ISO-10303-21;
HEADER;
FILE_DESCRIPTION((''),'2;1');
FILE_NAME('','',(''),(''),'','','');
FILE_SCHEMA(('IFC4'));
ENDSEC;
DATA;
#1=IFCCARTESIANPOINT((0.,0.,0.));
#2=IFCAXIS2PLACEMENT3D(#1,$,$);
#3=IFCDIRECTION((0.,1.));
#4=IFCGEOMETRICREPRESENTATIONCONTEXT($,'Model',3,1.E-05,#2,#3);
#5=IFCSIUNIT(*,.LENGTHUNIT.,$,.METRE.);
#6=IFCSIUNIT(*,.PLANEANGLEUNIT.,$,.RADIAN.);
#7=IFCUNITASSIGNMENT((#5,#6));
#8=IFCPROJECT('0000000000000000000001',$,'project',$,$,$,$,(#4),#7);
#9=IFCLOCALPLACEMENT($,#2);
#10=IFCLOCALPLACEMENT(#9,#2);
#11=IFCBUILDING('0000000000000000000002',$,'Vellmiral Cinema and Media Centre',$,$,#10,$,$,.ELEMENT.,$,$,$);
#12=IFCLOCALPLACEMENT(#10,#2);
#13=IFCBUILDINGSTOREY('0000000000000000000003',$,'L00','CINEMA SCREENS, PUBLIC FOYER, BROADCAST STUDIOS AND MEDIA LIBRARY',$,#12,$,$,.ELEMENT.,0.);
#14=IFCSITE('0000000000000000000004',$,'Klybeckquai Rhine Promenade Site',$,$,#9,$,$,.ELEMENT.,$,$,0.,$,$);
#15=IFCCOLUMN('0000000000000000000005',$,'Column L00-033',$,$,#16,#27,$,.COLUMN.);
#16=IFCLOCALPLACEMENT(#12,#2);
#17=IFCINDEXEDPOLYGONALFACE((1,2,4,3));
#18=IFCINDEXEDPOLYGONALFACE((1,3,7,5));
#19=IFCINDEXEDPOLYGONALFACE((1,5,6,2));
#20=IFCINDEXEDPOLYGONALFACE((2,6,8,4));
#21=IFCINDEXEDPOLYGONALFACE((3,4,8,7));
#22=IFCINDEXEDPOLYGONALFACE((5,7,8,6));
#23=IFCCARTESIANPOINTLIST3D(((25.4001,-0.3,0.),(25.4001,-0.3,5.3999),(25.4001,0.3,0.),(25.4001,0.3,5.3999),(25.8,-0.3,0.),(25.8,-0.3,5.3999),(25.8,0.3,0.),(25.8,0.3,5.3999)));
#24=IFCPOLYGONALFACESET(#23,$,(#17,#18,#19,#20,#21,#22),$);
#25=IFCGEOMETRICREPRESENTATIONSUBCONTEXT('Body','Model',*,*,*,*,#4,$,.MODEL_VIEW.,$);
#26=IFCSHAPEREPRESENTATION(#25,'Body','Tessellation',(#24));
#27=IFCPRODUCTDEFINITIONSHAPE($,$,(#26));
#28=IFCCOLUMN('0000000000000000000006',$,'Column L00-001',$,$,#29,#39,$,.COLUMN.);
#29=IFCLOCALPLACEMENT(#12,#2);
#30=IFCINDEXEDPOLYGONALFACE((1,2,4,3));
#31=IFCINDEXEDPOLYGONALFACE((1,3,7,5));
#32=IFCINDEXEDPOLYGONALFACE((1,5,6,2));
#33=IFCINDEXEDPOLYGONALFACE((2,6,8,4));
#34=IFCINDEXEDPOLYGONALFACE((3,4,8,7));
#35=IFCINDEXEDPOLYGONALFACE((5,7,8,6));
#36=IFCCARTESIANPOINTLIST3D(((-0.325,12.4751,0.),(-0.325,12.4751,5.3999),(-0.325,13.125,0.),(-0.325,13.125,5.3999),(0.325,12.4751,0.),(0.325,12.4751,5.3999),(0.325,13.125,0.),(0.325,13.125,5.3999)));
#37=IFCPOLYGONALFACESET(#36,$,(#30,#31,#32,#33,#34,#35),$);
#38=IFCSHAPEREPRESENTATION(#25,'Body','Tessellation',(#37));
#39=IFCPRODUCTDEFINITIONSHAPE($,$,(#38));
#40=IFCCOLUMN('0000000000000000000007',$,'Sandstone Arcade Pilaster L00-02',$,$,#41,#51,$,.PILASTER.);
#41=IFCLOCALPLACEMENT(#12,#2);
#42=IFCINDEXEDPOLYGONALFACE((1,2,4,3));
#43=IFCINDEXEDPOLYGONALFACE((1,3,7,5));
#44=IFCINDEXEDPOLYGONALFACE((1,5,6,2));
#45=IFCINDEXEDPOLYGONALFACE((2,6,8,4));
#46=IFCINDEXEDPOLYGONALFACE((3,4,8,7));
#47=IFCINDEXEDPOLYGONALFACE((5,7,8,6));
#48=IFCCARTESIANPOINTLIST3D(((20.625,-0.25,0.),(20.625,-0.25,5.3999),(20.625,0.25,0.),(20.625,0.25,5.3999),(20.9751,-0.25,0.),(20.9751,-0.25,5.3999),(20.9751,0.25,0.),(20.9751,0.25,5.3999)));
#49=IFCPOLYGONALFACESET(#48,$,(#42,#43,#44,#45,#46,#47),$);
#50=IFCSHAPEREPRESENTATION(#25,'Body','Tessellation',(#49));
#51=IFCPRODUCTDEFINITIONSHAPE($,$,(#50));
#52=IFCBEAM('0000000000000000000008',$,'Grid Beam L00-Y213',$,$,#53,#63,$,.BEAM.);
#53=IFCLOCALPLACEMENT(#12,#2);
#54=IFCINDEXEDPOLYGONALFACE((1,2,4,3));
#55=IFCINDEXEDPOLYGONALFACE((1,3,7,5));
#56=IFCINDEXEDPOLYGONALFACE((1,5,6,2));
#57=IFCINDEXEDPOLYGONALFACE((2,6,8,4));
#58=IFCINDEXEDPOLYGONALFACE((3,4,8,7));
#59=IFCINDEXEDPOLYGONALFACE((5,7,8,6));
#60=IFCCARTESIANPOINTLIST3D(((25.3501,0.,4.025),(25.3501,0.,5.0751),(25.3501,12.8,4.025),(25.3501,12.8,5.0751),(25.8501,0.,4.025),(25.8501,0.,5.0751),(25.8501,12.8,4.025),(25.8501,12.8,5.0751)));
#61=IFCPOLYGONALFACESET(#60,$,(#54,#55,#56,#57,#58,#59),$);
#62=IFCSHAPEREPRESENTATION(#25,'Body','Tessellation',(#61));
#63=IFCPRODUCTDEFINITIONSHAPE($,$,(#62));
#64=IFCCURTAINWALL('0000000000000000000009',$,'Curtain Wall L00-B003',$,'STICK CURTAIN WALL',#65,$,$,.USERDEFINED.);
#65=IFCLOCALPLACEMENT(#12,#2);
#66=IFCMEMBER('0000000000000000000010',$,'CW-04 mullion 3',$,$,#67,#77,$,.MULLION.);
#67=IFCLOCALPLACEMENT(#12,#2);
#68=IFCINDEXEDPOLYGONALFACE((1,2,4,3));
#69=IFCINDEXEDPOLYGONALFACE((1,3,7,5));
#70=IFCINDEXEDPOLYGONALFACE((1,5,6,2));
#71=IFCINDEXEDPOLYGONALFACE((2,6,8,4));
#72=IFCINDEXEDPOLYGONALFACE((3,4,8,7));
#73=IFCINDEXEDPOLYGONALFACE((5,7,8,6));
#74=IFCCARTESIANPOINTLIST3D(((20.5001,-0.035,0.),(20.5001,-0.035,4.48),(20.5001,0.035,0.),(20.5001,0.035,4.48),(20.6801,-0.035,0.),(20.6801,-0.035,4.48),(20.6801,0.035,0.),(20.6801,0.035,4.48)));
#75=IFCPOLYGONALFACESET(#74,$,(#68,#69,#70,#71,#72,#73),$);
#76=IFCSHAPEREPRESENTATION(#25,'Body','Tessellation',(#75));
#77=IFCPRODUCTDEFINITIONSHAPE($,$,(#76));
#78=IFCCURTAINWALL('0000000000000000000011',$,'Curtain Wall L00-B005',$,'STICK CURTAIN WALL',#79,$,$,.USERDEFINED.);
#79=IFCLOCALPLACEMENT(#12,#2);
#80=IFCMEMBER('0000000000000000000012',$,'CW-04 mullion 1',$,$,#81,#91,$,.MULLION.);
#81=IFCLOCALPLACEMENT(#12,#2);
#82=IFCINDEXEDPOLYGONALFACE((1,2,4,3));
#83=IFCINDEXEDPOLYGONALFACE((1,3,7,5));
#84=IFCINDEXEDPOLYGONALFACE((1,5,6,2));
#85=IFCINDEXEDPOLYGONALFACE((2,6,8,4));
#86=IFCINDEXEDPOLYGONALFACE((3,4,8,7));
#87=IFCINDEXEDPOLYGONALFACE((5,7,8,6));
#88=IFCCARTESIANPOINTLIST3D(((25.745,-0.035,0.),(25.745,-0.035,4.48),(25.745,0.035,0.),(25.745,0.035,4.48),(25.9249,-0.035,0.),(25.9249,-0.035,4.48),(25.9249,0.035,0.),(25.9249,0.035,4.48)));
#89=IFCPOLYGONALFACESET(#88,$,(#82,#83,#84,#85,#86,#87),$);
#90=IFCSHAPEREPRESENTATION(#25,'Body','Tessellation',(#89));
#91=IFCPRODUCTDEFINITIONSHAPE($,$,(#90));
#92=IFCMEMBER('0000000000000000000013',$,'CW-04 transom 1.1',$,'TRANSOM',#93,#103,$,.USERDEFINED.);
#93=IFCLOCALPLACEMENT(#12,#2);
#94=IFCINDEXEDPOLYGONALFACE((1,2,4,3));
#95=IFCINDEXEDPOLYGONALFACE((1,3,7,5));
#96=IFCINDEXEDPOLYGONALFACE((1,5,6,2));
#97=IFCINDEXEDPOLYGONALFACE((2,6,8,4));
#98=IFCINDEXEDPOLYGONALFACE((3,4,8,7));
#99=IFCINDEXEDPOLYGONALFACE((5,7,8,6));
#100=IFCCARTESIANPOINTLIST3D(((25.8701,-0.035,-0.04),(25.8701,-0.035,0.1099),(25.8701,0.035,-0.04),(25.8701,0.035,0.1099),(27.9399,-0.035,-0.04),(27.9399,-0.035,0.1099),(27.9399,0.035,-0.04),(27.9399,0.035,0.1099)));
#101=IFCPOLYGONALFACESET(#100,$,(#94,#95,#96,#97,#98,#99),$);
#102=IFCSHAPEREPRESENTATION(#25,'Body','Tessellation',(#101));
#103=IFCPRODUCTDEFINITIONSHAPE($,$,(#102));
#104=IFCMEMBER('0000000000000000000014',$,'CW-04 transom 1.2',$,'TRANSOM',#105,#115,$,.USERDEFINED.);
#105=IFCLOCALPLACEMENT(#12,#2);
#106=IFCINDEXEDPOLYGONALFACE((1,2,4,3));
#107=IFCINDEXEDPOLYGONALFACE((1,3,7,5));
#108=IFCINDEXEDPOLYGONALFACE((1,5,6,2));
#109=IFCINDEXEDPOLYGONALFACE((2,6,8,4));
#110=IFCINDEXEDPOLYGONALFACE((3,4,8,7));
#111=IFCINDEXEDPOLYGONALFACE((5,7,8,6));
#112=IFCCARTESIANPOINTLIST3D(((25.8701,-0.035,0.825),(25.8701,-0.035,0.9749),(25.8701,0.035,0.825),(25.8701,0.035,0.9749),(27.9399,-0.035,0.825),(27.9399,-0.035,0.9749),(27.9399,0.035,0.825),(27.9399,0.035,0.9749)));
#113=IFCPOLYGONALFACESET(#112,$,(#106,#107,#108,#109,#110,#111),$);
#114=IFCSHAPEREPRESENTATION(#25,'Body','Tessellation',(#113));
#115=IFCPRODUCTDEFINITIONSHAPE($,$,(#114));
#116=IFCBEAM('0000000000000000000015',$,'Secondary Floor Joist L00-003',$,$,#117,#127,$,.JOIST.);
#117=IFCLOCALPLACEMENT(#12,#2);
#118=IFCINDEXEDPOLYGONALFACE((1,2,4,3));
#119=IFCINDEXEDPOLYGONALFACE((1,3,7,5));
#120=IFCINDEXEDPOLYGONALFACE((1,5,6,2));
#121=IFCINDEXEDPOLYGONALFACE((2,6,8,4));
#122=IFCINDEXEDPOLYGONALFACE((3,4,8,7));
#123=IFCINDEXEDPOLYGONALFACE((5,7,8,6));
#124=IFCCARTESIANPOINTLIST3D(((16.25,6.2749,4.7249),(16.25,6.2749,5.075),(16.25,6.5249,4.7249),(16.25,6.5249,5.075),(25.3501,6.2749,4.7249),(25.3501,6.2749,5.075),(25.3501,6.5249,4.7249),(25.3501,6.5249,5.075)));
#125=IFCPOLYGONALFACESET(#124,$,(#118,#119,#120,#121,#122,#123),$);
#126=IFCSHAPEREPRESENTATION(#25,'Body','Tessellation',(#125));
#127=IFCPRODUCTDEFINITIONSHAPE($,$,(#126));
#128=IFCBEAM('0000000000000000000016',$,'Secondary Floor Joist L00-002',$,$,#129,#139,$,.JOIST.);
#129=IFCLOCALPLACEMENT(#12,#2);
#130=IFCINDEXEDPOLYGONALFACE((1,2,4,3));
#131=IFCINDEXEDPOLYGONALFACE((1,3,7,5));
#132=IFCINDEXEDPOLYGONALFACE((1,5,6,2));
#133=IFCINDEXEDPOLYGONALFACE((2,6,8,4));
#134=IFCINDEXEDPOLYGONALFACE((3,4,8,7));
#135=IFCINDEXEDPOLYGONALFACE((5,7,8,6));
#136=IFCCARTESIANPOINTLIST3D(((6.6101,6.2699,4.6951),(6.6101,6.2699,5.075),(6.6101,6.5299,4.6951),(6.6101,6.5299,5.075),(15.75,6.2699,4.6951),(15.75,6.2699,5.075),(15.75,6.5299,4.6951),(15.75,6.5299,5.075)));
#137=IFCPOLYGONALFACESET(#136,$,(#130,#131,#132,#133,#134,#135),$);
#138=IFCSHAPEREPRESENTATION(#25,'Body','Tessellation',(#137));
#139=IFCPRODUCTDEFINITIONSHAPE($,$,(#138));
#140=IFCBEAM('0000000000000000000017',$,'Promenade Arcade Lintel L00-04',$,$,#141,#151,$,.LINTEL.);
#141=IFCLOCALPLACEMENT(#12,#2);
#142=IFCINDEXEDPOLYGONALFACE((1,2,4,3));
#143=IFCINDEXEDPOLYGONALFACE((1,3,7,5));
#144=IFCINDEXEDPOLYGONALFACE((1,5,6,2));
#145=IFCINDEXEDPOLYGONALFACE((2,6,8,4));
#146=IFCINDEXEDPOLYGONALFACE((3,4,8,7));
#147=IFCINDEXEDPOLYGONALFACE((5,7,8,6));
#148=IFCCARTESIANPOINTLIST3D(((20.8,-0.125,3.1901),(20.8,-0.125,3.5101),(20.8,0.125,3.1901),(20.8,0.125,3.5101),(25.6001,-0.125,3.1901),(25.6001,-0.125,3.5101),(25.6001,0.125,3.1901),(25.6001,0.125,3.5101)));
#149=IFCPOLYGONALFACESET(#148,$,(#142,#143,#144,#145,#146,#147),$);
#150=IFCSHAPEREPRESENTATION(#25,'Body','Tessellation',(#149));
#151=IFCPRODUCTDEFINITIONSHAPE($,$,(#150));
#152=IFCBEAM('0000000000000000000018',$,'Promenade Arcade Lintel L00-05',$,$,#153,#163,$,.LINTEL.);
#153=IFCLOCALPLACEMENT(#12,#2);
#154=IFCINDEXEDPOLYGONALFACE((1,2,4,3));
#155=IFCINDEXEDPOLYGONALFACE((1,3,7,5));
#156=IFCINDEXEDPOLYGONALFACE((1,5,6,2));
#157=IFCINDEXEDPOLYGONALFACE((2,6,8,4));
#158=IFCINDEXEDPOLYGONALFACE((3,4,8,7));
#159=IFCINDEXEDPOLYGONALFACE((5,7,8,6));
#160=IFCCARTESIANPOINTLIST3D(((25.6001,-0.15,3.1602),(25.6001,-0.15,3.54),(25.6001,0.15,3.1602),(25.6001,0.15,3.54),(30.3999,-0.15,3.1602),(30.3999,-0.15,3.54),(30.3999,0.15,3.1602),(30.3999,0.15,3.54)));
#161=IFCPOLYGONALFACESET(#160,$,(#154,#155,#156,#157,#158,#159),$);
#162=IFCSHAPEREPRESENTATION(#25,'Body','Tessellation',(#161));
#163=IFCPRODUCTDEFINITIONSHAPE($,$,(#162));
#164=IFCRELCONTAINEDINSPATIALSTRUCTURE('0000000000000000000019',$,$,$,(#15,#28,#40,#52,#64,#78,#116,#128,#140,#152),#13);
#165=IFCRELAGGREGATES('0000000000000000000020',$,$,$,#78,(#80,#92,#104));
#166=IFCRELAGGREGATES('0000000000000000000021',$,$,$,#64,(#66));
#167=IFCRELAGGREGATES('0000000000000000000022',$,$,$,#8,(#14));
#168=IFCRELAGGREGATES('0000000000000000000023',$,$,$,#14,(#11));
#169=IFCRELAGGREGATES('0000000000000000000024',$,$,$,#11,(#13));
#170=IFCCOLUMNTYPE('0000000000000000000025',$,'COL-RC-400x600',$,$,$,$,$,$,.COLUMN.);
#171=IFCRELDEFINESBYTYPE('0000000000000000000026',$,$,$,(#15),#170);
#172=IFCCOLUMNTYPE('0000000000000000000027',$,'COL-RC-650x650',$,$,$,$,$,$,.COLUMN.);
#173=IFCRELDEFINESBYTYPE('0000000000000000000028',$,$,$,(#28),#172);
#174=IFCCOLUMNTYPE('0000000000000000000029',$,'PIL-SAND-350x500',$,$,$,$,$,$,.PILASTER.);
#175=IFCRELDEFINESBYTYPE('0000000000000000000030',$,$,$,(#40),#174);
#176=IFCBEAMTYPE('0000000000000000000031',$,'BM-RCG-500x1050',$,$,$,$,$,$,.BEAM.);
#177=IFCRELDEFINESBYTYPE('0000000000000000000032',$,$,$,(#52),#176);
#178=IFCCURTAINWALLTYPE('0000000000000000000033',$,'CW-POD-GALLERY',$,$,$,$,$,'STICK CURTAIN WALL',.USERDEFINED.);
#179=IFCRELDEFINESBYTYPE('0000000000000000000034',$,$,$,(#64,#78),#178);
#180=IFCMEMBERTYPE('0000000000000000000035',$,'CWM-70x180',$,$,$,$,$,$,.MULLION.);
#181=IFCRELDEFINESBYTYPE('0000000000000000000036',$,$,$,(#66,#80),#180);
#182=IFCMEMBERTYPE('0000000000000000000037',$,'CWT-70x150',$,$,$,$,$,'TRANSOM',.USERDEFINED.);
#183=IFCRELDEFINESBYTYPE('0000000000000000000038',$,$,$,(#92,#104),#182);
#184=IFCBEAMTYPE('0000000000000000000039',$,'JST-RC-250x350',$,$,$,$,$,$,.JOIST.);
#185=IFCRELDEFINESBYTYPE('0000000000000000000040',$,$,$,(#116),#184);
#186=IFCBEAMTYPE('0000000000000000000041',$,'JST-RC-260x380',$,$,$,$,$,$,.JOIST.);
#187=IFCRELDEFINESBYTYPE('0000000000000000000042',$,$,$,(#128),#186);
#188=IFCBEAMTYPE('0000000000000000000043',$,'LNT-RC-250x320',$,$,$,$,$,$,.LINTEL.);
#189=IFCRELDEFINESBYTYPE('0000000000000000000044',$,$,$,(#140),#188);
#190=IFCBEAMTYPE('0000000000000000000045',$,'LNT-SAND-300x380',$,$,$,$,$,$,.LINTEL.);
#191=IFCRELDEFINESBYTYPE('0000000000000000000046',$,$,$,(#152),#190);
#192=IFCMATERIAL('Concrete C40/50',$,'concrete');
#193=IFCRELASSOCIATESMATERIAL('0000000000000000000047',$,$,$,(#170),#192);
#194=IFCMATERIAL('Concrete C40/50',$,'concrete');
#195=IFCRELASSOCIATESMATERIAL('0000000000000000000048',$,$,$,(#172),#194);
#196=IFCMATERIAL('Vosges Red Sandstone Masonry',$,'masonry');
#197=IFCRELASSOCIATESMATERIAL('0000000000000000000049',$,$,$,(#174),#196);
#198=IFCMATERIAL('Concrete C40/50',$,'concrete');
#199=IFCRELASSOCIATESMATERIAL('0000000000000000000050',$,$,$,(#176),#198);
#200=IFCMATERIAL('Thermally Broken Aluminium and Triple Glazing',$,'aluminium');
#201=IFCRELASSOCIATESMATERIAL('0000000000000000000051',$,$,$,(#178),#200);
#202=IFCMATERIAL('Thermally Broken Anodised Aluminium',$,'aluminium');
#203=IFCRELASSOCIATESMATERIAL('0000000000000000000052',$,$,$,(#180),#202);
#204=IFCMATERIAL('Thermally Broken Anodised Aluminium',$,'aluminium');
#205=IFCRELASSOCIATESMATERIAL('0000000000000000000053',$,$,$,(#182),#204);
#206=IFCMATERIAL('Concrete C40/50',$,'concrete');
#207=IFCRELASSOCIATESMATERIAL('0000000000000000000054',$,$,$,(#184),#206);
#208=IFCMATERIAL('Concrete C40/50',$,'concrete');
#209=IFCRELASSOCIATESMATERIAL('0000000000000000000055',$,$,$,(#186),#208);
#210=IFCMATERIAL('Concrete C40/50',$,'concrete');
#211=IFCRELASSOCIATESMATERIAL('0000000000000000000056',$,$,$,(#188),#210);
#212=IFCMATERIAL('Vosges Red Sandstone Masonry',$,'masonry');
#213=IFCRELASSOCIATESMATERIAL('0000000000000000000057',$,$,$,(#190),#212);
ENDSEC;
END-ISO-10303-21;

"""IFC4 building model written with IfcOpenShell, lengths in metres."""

from ifc_helpers import new_model, si_unit, direction, frame, origin, origin_2d, place, context, subcontext, project, spatial, rectangle, extrude, material, material_profile, profile_set, type_object, element, aggregate, save


model = new_model("IFC4")

# Units and contexts
model_context = context("Model", 3, precision=1e-05, world=origin(), true_north=direction((0.0, 1.0)))
body_context = subcontext(model_context, "Body", "Model", "MODEL_VIEW")
ifc_project = project(units=[si_unit("LENGTHUNIT", "METRE"), si_unit("PLANEANGLEUNIT", "RADIAN")], contexts=[model_context])

# Site, building, storey
site_placement = place(None, origin())
site = spatial("IfcSite", under=ifc_project, at=site_placement, Name="Klybeckquai Rhine Promenade Site", CompositionType="ELEMENT", RefElevation=0.0)
building_placement = place(site_placement, origin())
building = spatial("IfcBuilding", under=site, at=building_placement, Name="Vellmiral Cinema and Media Centre", CompositionType="ELEMENT")
storey_placement = place(building_placement, origin())
storey = spatial("IfcBuildingStorey", under=building, at=storey_placement, Name="L00", Description="CINEMA SCREENS, PUBLIC FOYER, BROADCAST STUDIOS AND MEDIA LIBRARY", CompositionType="ELEMENT", Elevation=0.0)

# Columns
ifc_material_1 = material(Name="Concrete C40/50", Category="concrete")
ifc_material_profile_1 = material_profile(ifc_material_1, rectangle(XDim=0.3999, YDim=0.6001, at=origin_2d()), Name="RC 400x600")
ifc_profile_set_1 = profile_set([ifc_material_profile_1], Name="Concrete C40/50")
column_type_1 = type_object("IfcColumnType", Name="COL-RC-400x600", PredefinedType="COLUMN", material=ifc_profile_set_1)
column_1_placement = place(storey_placement, frame((25.6001, 0.0, 0.0), z_axis=(0.0, 0.0, 1.0), x_axis=(1.0, 0.0, 0.0)))
element("IfcColumn", 1, at=column_1_placement, inside=storey, type_object=column_type_1, Name="Column L00-033", PredefinedType="COLUMN", context=body_context, shape_type="SweptSolid", body=[
    extrude(rectangle(XDim=0.3999, YDim=0.6001, at=origin_2d()), origin(), (0.0, 0.0, 1.0), 5.3999),
])
ifc_material_2 = material(Name="Concrete C40/50", Category="concrete")
ifc_material_profile_2 = material_profile(ifc_material_2, rectangle(XDim=0.6499, YDim=0.6499, at=origin_2d()), Name="RC 650x650")
ifc_profile_set_2 = profile_set([ifc_material_profile_2], Name="Concrete C40/50")
column_type_2 = type_object("IfcColumnType", Name="COL-RC-650x650", PredefinedType="COLUMN", material=ifc_profile_set_2)
column_2_placement = place(storey_placement, frame((0.0, 12.8, 0.0), z_axis=(0.0, 0.0, 1.0), x_axis=(1.0, 0.0, 0.0)))
element("IfcColumn", 2, at=column_2_placement, inside=storey, type_object=column_type_2, Name="Column L00-001", PredefinedType="COLUMN", context=body_context, shape_type="SweptSolid", body=[
    extrude(rectangle(XDim=0.6499, YDim=0.6499, at=origin_2d()), origin(), (0.0, 0.0, 1.0), 5.3999),
])
ifc_material_3 = material(Name="Vosges Red Sandstone Masonry", Category="masonry")
ifc_material_profile_3 = material_profile(ifc_material_3, rectangle(XDim=0.3501, YDim=0.5, at=origin_2d()), Name="SAND 350x500")
ifc_profile_set_3 = profile_set([ifc_material_profile_3], Name="Vosges Red Sandstone Masonry")
column_type_3 = type_object("IfcColumnType", Name="PIL-SAND-350x500", PredefinedType="PILASTER", material=ifc_profile_set_3)
column_3_placement = place(storey_placement, frame((20.8, 0.0, 0.0), z_axis=(0.0, 0.0, 1.0), x_axis=(1.0, 0.0, 0.0)))
element("IfcColumn", 3, at=column_3_placement, inside=storey, type_object=column_type_3, Name="Sandstone Arcade Pilaster L00-02", PredefinedType="PILASTER", context=body_context, shape_type="SweptSolid", body=[
    extrude(rectangle(XDim=0.3501, YDim=0.5, at=origin_2d()), origin(), (0.0, 0.0, 1.0), 5.3999),
])

# Beam
ifc_material_4 = material(Name="Concrete C40/50", Category="concrete")
ifc_material_profile_4 = material_profile(ifc_material_4, rectangle(XDim=0.5, YDim=1.05, at=origin_2d()), Name="RC 500x1050")
ifc_profile_set_4 = profile_set([ifc_material_profile_4], Name="Concrete C40/50")
beam_type_1 = type_object("IfcBeamType", Name="BM-RCG-500x1050", PredefinedType="BEAM", material=ifc_profile_set_4)
beam_1_placement = place(storey_placement, frame((25.6001, 0.0, 4.55), z_axis=(0.0, 1.0, 0.0), x_axis=(-1.0, 0.0, 0.0)))
element("IfcBeam", 4, at=beam_1_placement, inside=storey, type_object=beam_type_1, Name="Grid Beam L00-Y213", PredefinedType="BEAM", context=body_context, shape_type="SweptSolid", body=[
    extrude(rectangle(XDim=0.5, YDim=1.05, at=origin_2d()), origin(), (0.0, 0.0, 1.0), 12.8),
])

# Curtain wall, member
ifc_material_5 = material(Name="Thermally Broken Aluminium and Triple Glazing", Category="aluminium")
curtain_wall_type = type_object("IfcCurtainWallType", Name="CW-POD-GALLERY", ElementType="STICK CURTAIN WALL", PredefinedType="USERDEFINED", material=ifc_material_5)
curtain_wall_1_placement = place(storey_placement, origin())
curtain_wall_1 = element("IfcCurtainWall", 5, at=curtain_wall_1_placement, inside=storey, type_object=curtain_wall_type, Name="Curtain Wall L00-B003", ObjectType="STICK CURTAIN WALL", PredefinedType="USERDEFINED")
ifc_material_6 = material(Name="Thermally Broken Anodised Aluminium", Category="aluminium")
ifc_material_profile_5 = material_profile(ifc_material_6, rectangle(XDim=0.0701, YDim=0.1799, at=origin_2d()), Name="MULL 70x180")
ifc_profile_set_5 = profile_set([ifc_material_profile_5], Name="Thermally Broken Anodised Aluminium")
member_type_1 = type_object("IfcMemberType", Name="CWM-70x180", PredefinedType="MULLION", material=ifc_profile_set_5)
member_1_placement = place(storey_placement, frame((20.5901, 0.0, 0.0), z_axis=(0.0, 0.0, 1.0), x_axis=(0.0, 1.0, 0.0)))
member_1 = element("IfcMember", 6, at=member_1_placement, type_object=member_type_1, Name="CW-04 mullion 3", PredefinedType="MULLION", context=body_context, shape_type="SweptSolid", body=[
    extrude(rectangle(XDim=0.0701, YDim=0.1799, at=origin_2d()), origin(), (0.0, 0.0, 1.0), 4.48),
])

# Curtain wall, members
curtain_wall_2_placement = place(storey_placement, origin())
curtain_wall_2 = element("IfcCurtainWall", 7, at=curtain_wall_2_placement, inside=storey, type_object=curtain_wall_type, Name="Curtain Wall L00-B005", ObjectType="STICK CURTAIN WALL", PredefinedType="USERDEFINED")
member_2_placement = place(storey_placement, frame((25.835, 0.0, 0.0), z_axis=(0.0, 0.0, 1.0), x_axis=(0.0, 1.0, 0.0)))
member_2 = element("IfcMember", 8, at=member_2_placement, type_object=member_type_1, Name="CW-04 mullion 1", PredefinedType="MULLION", context=body_context, shape_type="SweptSolid", body=[
    extrude(rectangle(XDim=0.0701, YDim=0.1799, at=origin_2d()), origin(), (0.0, 0.0, 1.0), 4.48),
])
ifc_material_7 = material(Name="Thermally Broken Anodised Aluminium", Category="aluminium")
ifc_material_profile_6 = material_profile(ifc_material_7, rectangle(XDim=0.0701, YDim=0.1499, at=origin_2d()), Name="MULL 70x150")
ifc_profile_set_6 = profile_set([ifc_material_profile_6], Name="Thermally Broken Anodised Aluminium")
member_type_2 = type_object("IfcMemberType", Name="CWT-70x150", ElementType="TRANSOM", PredefinedType="USERDEFINED", material=ifc_profile_set_6)
member_3_placement = place(storey_placement, frame((25.8701, 0.0, 0.0349), z_axis=(1.0, 0.0, 0.0), x_axis=(0.0, 1.0, 0.0)))
member_3 = element("IfcMember", 9, at=member_3_placement, type_object=member_type_2, Name="CW-04 transom 1.1", ObjectType="TRANSOM", PredefinedType="USERDEFINED", context=body_context, shape_type="SweptSolid", body=[
    extrude(rectangle(XDim=0.0701, YDim=0.1499, at=origin_2d()), origin(), (0.0, 0.0, 1.0), 2.0698),
])
member_4_placement = place(storey_placement, frame((25.8701, 0.0, 0.8999), z_axis=(1.0, 0.0, 0.0), x_axis=(0.0, 1.0, 0.0)))
member_4 = element("IfcMember", 10, at=member_4_placement, type_object=member_type_2, Name="CW-04 transom 1.2", ObjectType="TRANSOM", PredefinedType="USERDEFINED", context=body_context, shape_type="SweptSolid", body=[
    extrude(rectangle(XDim=0.0701, YDim=0.1499, at=origin_2d()), origin(), (0.0, 0.0, 1.0), 2.0698),
])
aggregate(curtain_wall_2, [member_2, member_3, member_4])

# Beams
ifc_material_8 = material(Name="Concrete C40/50", Category="concrete")
ifc_material_profile_7 = material_profile(ifc_material_8, rectangle(XDim=0.25, YDim=0.3501, at=origin_2d()), Name="RC 250x350")
ifc_profile_set_7 = profile_set([ifc_material_profile_7], Name="Concrete C40/50")
beam_type_2 = type_object("IfcBeamType", Name="JST-RC-250x350", PredefinedType="JOIST", material=ifc_profile_set_7)
beam_2_placement = place(storey_placement, frame((16.25, 6.3999, 4.8999), z_axis=(1.0, 0.0, 0.0), x_axis=(0.0, 1.0, 0.0)))
element("IfcBeam", 11, at=beam_2_placement, inside=storey, type_object=beam_type_2, Name="Secondary Floor Joist L00-003", PredefinedType="JOIST", context=body_context, shape_type="SweptSolid", body=[
    extrude(rectangle(XDim=0.25, YDim=0.3501, at=origin_2d()), origin(), (0.0, 0.0, 1.0), 9.1001),
])
ifc_material_9 = material(Name="Concrete C40/50", Category="concrete")
ifc_material_profile_8 = material_profile(ifc_material_9, rectangle(XDim=0.26, YDim=0.3799, at=origin_2d()), Name="RC 260x380")
ifc_profile_set_8 = profile_set([ifc_material_profile_8], Name="Concrete C40/50")
beam_type_3 = type_object("IfcBeamType", Name="JST-RC-260x380", PredefinedType="JOIST", material=ifc_profile_set_8)
beam_3_placement = place(storey_placement, frame((6.6101, 6.3999, 4.885), z_axis=(1.0, 0.0, 0.0), x_axis=(0.0, 1.0, 0.0)))
element("IfcBeam", 12, at=beam_3_placement, inside=storey, type_object=beam_type_3, Name="Secondary Floor Joist L00-002", PredefinedType="JOIST", context=body_context, shape_type="SweptSolid", body=[
    extrude(rectangle(XDim=0.26, YDim=0.3799, at=origin_2d()), origin(), (0.0, 0.0, 1.0), 9.1399),
])
ifc_material_10 = material(Name="Concrete C40/50", Category="concrete")
ifc_material_profile_9 = material_profile(ifc_material_10, rectangle(XDim=0.25, YDim=0.3201, at=origin_2d()), Name="RC 250x320")
ifc_profile_set_9 = profile_set([ifc_material_profile_9], Name="Concrete C40/50")
beam_type_4 = type_object("IfcBeamType", Name="LNT-RC-250x320", PredefinedType="LINTEL", material=ifc_profile_set_9)
beam_4_placement = place(storey_placement, frame((20.8, 0.0, 3.3501), z_axis=(1.0, 0.0, 0.0), x_axis=(0.0, 1.0, 0.0)))
element("IfcBeam", 13, at=beam_4_placement, inside=storey, type_object=beam_type_4, Name="Promenade Arcade Lintel L00-04", PredefinedType="LINTEL", context=body_context, shape_type="SweptSolid", body=[
    extrude(rectangle(XDim=0.25, YDim=0.3201, at=origin_2d()), origin(), (0.0, 0.0, 1.0), 4.8),
])
ifc_material_11 = material(Name="Vosges Red Sandstone Masonry", Category="masonry")
ifc_material_profile_10 = material_profile(ifc_material_11, rectangle(XDim=0.3, YDim=0.3799, at=origin_2d()), Name="SAND 300x380")
ifc_profile_set_10 = profile_set([ifc_material_profile_10], Name="Vosges Red Sandstone Masonry")
beam_type_5 = type_object("IfcBeamType", Name="LNT-SAND-300x380", PredefinedType="LINTEL", material=ifc_profile_set_10)
beam_5_placement = place(storey_placement, frame((25.6001, 0.0, 3.3501), z_axis=(1.0, 0.0, 0.0), x_axis=(0.0, 1.0, 0.0)))
element("IfcBeam", 14, at=beam_5_placement, inside=storey, type_object=beam_type_5, Name="Promenade Arcade Lintel L00-05", PredefinedType="LINTEL", context=body_context, shape_type="SweptSolid", body=[
    extrude(rectangle(XDim=0.3, YDim=0.3799, at=origin_2d()), origin(), (0.0, 0.0, 1.0), 4.7998),
])

aggregate(curtain_wall_1, [member_1])

save(model, "model.ifc")
